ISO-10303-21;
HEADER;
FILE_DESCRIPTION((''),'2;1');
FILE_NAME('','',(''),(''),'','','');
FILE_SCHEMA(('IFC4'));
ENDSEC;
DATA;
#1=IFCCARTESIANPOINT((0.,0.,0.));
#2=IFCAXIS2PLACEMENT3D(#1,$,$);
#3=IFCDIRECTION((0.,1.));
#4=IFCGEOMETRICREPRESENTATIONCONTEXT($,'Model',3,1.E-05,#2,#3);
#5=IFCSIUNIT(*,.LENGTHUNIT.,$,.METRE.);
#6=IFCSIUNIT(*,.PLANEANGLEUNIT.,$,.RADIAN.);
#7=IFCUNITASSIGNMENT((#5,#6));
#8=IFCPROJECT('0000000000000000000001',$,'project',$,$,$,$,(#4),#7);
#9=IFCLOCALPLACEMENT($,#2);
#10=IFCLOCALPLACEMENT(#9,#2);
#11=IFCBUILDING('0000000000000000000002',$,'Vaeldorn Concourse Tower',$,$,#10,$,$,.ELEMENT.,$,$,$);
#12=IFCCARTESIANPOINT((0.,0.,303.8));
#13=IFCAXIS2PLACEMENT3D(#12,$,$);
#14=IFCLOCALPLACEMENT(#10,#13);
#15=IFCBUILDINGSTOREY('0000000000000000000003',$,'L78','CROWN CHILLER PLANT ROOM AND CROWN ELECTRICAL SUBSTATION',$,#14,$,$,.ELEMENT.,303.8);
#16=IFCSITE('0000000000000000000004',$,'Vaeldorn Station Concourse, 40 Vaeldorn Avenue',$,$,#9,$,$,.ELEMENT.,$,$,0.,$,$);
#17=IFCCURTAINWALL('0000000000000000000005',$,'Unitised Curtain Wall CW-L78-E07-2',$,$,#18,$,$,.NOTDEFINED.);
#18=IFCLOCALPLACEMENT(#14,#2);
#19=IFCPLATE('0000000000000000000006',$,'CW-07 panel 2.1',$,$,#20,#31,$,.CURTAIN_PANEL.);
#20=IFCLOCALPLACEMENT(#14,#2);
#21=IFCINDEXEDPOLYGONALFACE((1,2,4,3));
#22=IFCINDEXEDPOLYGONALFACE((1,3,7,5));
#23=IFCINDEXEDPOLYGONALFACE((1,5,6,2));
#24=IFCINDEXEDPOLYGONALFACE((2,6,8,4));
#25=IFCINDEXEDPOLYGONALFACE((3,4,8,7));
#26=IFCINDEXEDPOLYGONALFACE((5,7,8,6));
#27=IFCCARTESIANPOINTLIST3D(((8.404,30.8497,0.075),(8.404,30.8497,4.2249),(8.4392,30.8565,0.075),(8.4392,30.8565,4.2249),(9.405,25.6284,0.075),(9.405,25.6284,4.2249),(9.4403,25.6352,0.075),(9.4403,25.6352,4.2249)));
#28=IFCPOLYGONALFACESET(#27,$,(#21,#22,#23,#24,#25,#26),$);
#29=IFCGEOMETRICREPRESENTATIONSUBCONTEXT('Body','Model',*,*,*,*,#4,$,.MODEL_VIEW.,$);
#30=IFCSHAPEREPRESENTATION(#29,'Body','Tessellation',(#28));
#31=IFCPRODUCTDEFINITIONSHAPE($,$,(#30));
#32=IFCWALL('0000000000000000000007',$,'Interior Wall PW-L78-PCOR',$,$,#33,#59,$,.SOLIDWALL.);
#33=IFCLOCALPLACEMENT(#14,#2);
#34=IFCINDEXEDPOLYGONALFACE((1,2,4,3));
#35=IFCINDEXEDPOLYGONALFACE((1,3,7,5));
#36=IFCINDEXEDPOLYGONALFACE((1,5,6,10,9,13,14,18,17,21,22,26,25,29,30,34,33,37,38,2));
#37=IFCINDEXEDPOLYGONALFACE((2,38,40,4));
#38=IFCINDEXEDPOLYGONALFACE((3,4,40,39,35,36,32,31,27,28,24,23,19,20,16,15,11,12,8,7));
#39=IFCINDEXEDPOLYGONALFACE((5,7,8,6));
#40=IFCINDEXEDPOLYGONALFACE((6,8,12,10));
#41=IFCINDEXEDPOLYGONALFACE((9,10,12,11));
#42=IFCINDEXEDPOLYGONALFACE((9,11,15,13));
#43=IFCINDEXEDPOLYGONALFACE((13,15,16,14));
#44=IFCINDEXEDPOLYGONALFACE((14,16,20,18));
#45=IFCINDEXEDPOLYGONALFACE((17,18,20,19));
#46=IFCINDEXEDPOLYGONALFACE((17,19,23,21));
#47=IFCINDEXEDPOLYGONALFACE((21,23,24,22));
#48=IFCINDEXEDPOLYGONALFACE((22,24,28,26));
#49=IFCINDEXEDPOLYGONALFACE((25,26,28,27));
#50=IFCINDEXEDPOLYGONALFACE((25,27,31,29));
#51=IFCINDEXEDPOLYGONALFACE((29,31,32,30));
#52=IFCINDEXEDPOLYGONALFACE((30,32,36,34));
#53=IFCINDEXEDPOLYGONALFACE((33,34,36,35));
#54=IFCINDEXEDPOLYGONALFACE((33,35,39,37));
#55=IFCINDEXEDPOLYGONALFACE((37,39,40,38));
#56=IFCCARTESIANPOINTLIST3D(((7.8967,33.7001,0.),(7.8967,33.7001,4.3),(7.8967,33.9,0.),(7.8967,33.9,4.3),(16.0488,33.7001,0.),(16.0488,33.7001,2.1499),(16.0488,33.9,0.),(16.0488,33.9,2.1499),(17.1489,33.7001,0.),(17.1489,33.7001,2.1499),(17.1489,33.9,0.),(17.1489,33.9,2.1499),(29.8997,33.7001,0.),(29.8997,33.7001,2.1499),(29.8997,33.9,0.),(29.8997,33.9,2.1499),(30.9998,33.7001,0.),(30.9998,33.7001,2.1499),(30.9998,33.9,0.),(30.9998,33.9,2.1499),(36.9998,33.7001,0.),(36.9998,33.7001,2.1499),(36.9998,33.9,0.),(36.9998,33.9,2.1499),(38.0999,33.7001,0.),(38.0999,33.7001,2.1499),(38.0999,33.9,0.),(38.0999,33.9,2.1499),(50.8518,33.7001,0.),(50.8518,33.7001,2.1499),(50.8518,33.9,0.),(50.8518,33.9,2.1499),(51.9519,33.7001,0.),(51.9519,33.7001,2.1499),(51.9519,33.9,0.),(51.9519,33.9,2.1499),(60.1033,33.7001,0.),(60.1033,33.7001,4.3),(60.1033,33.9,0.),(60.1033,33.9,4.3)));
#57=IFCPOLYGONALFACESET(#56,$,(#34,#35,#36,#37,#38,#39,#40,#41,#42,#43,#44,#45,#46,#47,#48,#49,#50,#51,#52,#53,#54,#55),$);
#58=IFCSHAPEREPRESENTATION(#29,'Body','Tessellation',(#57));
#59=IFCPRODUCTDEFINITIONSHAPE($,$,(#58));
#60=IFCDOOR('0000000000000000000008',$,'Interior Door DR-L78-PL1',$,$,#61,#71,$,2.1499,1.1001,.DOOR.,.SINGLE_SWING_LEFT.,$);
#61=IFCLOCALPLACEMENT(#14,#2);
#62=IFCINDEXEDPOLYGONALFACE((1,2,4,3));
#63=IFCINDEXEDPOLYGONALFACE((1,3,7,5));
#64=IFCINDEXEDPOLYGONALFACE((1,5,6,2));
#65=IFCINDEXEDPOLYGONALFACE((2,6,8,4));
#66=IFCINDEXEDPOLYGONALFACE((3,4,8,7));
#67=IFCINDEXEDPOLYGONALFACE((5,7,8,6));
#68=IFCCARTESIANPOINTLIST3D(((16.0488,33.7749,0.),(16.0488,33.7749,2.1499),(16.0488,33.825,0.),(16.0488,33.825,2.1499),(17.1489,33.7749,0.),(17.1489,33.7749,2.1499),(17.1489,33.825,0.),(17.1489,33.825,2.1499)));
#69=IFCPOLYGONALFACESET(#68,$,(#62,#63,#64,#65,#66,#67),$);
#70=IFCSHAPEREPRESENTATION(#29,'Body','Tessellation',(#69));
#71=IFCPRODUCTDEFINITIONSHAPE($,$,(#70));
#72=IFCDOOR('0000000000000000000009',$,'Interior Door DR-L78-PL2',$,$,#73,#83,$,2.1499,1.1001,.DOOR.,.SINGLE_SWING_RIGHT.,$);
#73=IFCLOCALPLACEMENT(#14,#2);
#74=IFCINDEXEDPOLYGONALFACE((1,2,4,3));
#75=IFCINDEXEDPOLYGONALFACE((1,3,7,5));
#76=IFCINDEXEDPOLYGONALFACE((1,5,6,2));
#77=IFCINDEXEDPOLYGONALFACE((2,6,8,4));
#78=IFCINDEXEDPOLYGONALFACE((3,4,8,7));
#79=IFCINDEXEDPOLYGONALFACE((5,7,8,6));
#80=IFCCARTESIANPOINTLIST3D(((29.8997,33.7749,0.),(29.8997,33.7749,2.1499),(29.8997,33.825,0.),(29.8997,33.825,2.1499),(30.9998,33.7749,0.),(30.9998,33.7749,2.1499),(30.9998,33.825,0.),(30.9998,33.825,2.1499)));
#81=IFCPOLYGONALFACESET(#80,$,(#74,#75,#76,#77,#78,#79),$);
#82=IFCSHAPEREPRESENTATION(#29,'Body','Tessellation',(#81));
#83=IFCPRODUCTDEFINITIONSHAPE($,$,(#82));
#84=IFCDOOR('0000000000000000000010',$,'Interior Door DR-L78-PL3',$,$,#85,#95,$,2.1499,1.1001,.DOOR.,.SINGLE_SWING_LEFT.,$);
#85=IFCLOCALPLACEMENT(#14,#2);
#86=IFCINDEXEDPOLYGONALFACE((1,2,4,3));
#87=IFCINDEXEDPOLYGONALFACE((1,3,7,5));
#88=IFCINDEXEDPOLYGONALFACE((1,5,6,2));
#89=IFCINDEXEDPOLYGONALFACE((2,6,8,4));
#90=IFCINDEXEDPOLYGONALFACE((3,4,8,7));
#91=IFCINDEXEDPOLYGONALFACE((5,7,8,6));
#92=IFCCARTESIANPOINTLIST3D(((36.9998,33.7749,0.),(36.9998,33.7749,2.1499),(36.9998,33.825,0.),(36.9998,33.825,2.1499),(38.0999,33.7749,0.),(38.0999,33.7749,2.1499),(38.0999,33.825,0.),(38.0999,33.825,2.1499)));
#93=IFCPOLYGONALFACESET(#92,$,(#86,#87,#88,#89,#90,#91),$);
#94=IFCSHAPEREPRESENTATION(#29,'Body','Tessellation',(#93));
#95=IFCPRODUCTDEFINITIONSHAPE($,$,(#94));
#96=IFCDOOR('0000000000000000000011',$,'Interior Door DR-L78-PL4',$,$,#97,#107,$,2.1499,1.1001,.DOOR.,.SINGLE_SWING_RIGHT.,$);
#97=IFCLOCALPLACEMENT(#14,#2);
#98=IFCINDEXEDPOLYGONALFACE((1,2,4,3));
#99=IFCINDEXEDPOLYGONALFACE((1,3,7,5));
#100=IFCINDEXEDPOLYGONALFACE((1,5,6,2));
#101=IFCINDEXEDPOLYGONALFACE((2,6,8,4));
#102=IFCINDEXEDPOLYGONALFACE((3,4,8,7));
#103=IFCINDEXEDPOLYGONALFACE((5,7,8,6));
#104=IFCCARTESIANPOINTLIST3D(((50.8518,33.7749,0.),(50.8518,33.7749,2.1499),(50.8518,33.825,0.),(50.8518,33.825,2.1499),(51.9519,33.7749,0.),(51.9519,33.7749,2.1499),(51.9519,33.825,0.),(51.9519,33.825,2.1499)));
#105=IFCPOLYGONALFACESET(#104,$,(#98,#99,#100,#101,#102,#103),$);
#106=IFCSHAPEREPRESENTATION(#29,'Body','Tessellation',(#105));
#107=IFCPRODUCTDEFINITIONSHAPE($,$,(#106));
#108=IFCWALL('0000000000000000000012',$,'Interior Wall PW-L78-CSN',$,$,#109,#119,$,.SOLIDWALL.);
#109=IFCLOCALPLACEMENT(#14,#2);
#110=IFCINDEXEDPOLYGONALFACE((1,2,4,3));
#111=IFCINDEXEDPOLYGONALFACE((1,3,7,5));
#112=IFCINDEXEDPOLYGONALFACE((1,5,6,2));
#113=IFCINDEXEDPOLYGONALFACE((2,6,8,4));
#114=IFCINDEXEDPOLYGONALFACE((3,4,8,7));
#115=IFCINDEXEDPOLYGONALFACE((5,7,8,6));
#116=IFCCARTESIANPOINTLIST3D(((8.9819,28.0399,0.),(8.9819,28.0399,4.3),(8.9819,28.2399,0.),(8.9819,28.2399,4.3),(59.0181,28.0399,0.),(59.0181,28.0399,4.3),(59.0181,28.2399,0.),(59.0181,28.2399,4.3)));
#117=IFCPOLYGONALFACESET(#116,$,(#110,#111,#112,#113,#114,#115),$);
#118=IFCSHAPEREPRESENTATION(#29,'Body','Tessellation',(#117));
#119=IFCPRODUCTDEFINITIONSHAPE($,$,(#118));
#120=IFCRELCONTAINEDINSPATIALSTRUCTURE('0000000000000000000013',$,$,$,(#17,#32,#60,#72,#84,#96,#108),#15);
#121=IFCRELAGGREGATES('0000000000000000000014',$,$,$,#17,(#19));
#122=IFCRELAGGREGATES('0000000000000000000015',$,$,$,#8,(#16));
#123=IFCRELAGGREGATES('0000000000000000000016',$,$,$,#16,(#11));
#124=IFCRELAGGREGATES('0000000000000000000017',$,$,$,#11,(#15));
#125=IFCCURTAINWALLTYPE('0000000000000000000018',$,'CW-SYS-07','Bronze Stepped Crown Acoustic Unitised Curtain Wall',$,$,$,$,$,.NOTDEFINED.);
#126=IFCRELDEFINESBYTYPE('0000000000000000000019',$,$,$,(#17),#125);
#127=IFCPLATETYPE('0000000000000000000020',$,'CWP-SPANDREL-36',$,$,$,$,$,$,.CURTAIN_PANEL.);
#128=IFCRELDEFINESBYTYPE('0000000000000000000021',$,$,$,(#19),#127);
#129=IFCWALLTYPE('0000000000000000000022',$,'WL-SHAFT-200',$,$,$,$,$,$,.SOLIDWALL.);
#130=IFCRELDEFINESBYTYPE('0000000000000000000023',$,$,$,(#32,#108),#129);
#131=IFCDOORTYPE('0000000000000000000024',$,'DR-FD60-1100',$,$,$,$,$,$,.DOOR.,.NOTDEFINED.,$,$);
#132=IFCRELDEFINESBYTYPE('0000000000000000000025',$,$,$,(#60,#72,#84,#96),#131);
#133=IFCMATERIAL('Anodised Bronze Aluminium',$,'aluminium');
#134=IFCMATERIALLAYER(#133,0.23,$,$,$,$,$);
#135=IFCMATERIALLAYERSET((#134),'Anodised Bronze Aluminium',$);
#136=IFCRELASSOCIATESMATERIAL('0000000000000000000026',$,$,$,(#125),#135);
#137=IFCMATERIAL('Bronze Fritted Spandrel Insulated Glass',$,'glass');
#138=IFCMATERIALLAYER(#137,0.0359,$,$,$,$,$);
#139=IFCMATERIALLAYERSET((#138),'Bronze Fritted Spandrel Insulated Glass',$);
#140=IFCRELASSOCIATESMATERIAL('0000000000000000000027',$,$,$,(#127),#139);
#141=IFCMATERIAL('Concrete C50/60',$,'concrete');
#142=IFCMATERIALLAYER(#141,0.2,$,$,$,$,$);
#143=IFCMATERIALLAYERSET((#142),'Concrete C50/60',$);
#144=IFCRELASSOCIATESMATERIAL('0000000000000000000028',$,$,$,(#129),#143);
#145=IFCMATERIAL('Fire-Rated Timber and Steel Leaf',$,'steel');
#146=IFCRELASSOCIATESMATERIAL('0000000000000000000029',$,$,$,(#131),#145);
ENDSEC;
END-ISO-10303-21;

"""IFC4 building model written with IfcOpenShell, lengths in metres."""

from ifc_helpers import new_model, si_unit, direction, frame, frame_2d, origin, origin_2d, place, context, subcontext, project, spatial, rectangle, extrude, source, transform, mapped, material, layer, layer_set, type_object, element, fill, aggregate, save


model = new_model("IFC4")

# Units and contexts
model_context = context("Model", 3, precision=1e-05, world=origin(), true_north=direction((0.0, 1.0)))
body_context = subcontext(model_context, "Body", "Model", "MODEL_VIEW")
ifc_project = project(units=[si_unit("LENGTHUNIT", "METRE"), si_unit("PLANEANGLEUNIT", "RADIAN")], contexts=[model_context])

# Site, building, storey
site_placement = place(None, origin())
site = spatial("IfcSite", under=ifc_project, at=site_placement, Name="Vaeldorn Station Concourse, 40 Vaeldorn Avenue", CompositionType="ELEMENT", RefElevation=0.0)
building_placement = place(site_placement, origin())
building = spatial("IfcBuilding", under=site, at=building_placement, Name="Vaeldorn Concourse Tower", CompositionType="ELEMENT")
storey_placement = place(building_placement, frame((0.0, 0.0, 303.8)))
storey = spatial("IfcBuildingStorey", under=building, at=storey_placement, Name="L78", Description="CROWN CHILLER PLANT ROOM AND CROWN ELECTRICAL SUBSTATION", CompositionType="ELEMENT", Elevation=303.8)

# Curtain wall, plate
ifc_material_1 = material(Name="Anodised Bronze Aluminium", Category="aluminium")
ifc_layer_1 = layer(ifc_material_1, 0.23)
ifc_layer_set_1 = layer_set([ifc_layer_1], Name="Anodised Bronze Aluminium")
curtain_wall_type = type_object("IfcCurtainWallType", Name="CW-SYS-07", Description="Bronze Stepped Crown Acoustic Unitised Curtain Wall", PredefinedType="NOTDEFINED", material=ifc_layer_set_1)
curtain_wall_placement = place(storey_placement, origin())
curtain_wall = element("IfcCurtainWall", 1, at=curtain_wall_placement, inside=storey, type_object=curtain_wall_type, Name="Unitised Curtain Wall CW-L78-E07-2", PredefinedType="NOTDEFINED")
ifc_material_2 = material(Name="Bronze Fritted Spandrel Insulated Glass", Category="glass")
ifc_layer_2 = layer(ifc_material_2, 0.0359)
ifc_layer_set_2 = layer_set([ifc_layer_2], Name="Bronze Fritted Spandrel Insulated Glass")
plate_type = type_object("IfcPlateType", Name="CWP-SPANDREL-36", PredefinedType="CURTAIN_PANEL", material=ifc_layer_set_2)
shared_shape_1 = source(origin(), body_context, "Body", "SweptSolid", [
    extrude(rectangle(XDim=5.3164, YDim=0.0359, at=origin_2d()), origin(), (0.0, 0.0, 1.0), 4.1499),
])
plate_1_placement = place(storey_placement, frame((8.9221, 28.2424, 0.075), z_axis=(0.0, 0.0, 1.0), x_axis=(0.188298, -0.982112, 0.0)))
plate_1 = element("IfcPlate", 2, at=plate_1_placement, type_object=plate_type, Name="CW-07 panel 2.1", PredefinedType="CURTAIN_PANEL", context=body_context, shape_type="MappedRepresentation", body=[
    mapped(shared_shape_1, transform((0.0, 0.0, 0.0), scale=1.0)),
])
aggregate(curtain_wall, [plate_1])

# Wall, openings, doors
ifc_material_3 = material(Name="Concrete C50/60", Category="concrete")
ifc_layer_3 = layer(ifc_material_3, 0.2)
ifc_layer_set_3 = layer_set([ifc_layer_3], Name="Concrete C50/60")
wall_type = type_object("IfcWallType", Name="WL-SHAFT-200", PredefinedType="SOLIDWALL", material=ifc_layer_set_3)
wall_1_placement = place(storey_placement, frame((7.8967, 33.8, 0.0), z_axis=(0.0, 0.0, 1.0), x_axis=(1.0, 0.0, 0.0)))
wall_1 = element("IfcWall", 3, at=wall_1_placement, inside=storey, type_object=wall_type, Name="Interior Wall PW-L78-PCOR", PredefinedType="SOLIDWALL", context=body_context, shape_type="SweptSolid", body=[
    extrude(rectangle(XDim=52.2065, YDim=0.2, at=frame_2d((26.1033, 0.0))), origin(), (0.0, 0.0, 1.0), 4.3),
])
opening_1_placement = place(wall_1_placement, frame((8.1521, 0.0, 0.0)))
opening_1 = element("IfcOpeningElement", 4, at=opening_1_placement, cuts=wall_1, PredefinedType="OPENING", context=body_context, shape_type="SweptSolid", body=[
    extrude(rectangle(XDim=1.1001, YDim=2.1499, at=frame_2d((0.55, 1.075))), frame((0.0, 0.1099, 0.0), z_axis=(0.0, -1.0, 0.0), x_axis=(1.0, 0.0, 0.0)), (0.0, 0.0, 1.0), 0.22),
])
opening_2_placement = place(wall_1_placement, frame((22.0029, 0.0, 0.0)))
opening_2 = element("IfcOpeningElement", 5, at=opening_2_placement, cuts=wall_1, PredefinedType="OPENING", context=body_context, shape_type="SweptSolid", body=[
    extrude(rectangle(XDim=1.1001, YDim=2.1499, at=frame_2d((0.55, 1.075))), frame((0.0, 0.1099, 0.0), z_axis=(0.0, -1.0, 0.0), x_axis=(1.0, 0.0, 0.0)), (0.0, 0.0, 1.0), 0.22),
])
opening_3_placement = place(wall_1_placement, frame((29.103, 0.0, 0.0)))
opening_3 = element("IfcOpeningElement", 6, at=opening_3_placement, cuts=wall_1, PredefinedType="OPENING", context=body_context, shape_type="SweptSolid", body=[
    extrude(rectangle(XDim=1.1001, YDim=2.1499, at=frame_2d((0.55, 1.075))), frame((0.0, 0.1099, 0.0), z_axis=(0.0, -1.0, 0.0), x_axis=(1.0, 0.0, 0.0)), (0.0, 0.0, 1.0), 0.22),
])
opening_4_placement = place(wall_1_placement, frame((42.9551, 0.0, 0.0)))
opening_4 = element("IfcOpeningElement", 7, at=opening_4_placement, cuts=wall_1, PredefinedType="OPENING", context=body_context, shape_type="SweptSolid", body=[
    extrude(rectangle(XDim=1.1001, YDim=2.1499, at=frame_2d((0.55, 1.075))), frame((0.0, 0.1099, 0.0), z_axis=(0.0, -1.0, 0.0), x_axis=(1.0, 0.0, 0.0)), (0.0, 0.0, 1.0), 0.22),
])
ifc_material_4 = material(Name="Fire-Rated Timber and Steel Leaf", Category="steel")
door_type = type_object("IfcDoorType", Name="DR-FD60-1100", OperationType="NOTDEFINED", PredefinedType="DOOR", material=ifc_material_4)
shared_shape_2 = source(origin(), body_context, "Body", "SweptSolid", [
    extrude(rectangle(XDim=1.1001, YDim=2.1499, at=frame_2d((0.55, 1.075))), frame((0.0, 0.0249, 0.0), z_axis=(0.0, -1.0, 0.0), x_axis=(1.0, 0.0, 0.0)), (0.0, 0.0, 1.0), 0.05),
])
door_1_placement = place(opening_1_placement, origin())
door_1 = element("IfcDoor", 8, at=door_1_placement, inside=storey, type_object=door_type, Name="Interior Door DR-L78-PL1", OperationType="SINGLE_SWING_LEFT", OverallHeight=2.1499, OverallWidth=1.1001, PredefinedType="DOOR", context=body_context, shape_type="MappedRepresentation", body=[
    mapped(shared_shape_2, transform((0.0, 0.0, 0.0), scale=1.0)),
])
fill(opening_1, door_1)
door_2_placement = place(opening_2_placement, origin())
door_2 = element("IfcDoor", 9, at=door_2_placement, inside=storey, type_object=door_type, Name="Interior Door DR-L78-PL2", OperationType="SINGLE_SWING_RIGHT", OverallHeight=2.1499, OverallWidth=1.1001, PredefinedType="DOOR", context=body_context, shape_type="MappedRepresentation", body=[
    mapped(shared_shape_2, transform((0.0, 0.0, 0.0), scale=1.0)),
])
fill(opening_2, door_2)
door_3_placement = place(opening_3_placement, origin())
door_3 = element("IfcDoor", 10, at=door_3_placement, inside=storey, type_object=door_type, Name="Interior Door DR-L78-PL3", OperationType="SINGLE_SWING_LEFT", OverallHeight=2.1499, OverallWidth=1.1001, PredefinedType="DOOR", context=body_context, shape_type="MappedRepresentation", body=[
    mapped(shared_shape_2, transform((0.0, 0.0, 0.0), scale=1.0)),
])
fill(opening_3, door_3)
door_4_placement = place(opening_4_placement, origin())
door_4 = element("IfcDoor", 11, at=door_4_placement, inside=storey, type_object=door_type, Name="Interior Door DR-L78-PL4", OperationType="SINGLE_SWING_RIGHT", OverallHeight=2.1499, OverallWidth=1.1001, PredefinedType="DOOR", context=body_context, shape_type="MappedRepresentation", body=[
    mapped(shared_shape_2, transform((0.0, 0.0, 0.0), scale=1.0)),
])
fill(opening_4, door_4)

# Wall
wall_2_placement = place(storey_placement, frame((8.9819, 28.1399, 0.0), z_axis=(0.0, 0.0, 1.0), x_axis=(1.0, 0.0, 0.0)))
element("IfcWall", 12, at=wall_2_placement, inside=storey, type_object=wall_type, Name="Interior Wall PW-L78-CSN", PredefinedType="SOLIDWALL", context=body_context, shape_type="SweptSolid", body=[
    extrude(rectangle(XDim=50.0361, YDim=0.2, at=frame_2d((25.0181, 0.0))), origin(), (0.0, 0.0, 1.0), 4.3),
])

save(model, "model.ifc")
